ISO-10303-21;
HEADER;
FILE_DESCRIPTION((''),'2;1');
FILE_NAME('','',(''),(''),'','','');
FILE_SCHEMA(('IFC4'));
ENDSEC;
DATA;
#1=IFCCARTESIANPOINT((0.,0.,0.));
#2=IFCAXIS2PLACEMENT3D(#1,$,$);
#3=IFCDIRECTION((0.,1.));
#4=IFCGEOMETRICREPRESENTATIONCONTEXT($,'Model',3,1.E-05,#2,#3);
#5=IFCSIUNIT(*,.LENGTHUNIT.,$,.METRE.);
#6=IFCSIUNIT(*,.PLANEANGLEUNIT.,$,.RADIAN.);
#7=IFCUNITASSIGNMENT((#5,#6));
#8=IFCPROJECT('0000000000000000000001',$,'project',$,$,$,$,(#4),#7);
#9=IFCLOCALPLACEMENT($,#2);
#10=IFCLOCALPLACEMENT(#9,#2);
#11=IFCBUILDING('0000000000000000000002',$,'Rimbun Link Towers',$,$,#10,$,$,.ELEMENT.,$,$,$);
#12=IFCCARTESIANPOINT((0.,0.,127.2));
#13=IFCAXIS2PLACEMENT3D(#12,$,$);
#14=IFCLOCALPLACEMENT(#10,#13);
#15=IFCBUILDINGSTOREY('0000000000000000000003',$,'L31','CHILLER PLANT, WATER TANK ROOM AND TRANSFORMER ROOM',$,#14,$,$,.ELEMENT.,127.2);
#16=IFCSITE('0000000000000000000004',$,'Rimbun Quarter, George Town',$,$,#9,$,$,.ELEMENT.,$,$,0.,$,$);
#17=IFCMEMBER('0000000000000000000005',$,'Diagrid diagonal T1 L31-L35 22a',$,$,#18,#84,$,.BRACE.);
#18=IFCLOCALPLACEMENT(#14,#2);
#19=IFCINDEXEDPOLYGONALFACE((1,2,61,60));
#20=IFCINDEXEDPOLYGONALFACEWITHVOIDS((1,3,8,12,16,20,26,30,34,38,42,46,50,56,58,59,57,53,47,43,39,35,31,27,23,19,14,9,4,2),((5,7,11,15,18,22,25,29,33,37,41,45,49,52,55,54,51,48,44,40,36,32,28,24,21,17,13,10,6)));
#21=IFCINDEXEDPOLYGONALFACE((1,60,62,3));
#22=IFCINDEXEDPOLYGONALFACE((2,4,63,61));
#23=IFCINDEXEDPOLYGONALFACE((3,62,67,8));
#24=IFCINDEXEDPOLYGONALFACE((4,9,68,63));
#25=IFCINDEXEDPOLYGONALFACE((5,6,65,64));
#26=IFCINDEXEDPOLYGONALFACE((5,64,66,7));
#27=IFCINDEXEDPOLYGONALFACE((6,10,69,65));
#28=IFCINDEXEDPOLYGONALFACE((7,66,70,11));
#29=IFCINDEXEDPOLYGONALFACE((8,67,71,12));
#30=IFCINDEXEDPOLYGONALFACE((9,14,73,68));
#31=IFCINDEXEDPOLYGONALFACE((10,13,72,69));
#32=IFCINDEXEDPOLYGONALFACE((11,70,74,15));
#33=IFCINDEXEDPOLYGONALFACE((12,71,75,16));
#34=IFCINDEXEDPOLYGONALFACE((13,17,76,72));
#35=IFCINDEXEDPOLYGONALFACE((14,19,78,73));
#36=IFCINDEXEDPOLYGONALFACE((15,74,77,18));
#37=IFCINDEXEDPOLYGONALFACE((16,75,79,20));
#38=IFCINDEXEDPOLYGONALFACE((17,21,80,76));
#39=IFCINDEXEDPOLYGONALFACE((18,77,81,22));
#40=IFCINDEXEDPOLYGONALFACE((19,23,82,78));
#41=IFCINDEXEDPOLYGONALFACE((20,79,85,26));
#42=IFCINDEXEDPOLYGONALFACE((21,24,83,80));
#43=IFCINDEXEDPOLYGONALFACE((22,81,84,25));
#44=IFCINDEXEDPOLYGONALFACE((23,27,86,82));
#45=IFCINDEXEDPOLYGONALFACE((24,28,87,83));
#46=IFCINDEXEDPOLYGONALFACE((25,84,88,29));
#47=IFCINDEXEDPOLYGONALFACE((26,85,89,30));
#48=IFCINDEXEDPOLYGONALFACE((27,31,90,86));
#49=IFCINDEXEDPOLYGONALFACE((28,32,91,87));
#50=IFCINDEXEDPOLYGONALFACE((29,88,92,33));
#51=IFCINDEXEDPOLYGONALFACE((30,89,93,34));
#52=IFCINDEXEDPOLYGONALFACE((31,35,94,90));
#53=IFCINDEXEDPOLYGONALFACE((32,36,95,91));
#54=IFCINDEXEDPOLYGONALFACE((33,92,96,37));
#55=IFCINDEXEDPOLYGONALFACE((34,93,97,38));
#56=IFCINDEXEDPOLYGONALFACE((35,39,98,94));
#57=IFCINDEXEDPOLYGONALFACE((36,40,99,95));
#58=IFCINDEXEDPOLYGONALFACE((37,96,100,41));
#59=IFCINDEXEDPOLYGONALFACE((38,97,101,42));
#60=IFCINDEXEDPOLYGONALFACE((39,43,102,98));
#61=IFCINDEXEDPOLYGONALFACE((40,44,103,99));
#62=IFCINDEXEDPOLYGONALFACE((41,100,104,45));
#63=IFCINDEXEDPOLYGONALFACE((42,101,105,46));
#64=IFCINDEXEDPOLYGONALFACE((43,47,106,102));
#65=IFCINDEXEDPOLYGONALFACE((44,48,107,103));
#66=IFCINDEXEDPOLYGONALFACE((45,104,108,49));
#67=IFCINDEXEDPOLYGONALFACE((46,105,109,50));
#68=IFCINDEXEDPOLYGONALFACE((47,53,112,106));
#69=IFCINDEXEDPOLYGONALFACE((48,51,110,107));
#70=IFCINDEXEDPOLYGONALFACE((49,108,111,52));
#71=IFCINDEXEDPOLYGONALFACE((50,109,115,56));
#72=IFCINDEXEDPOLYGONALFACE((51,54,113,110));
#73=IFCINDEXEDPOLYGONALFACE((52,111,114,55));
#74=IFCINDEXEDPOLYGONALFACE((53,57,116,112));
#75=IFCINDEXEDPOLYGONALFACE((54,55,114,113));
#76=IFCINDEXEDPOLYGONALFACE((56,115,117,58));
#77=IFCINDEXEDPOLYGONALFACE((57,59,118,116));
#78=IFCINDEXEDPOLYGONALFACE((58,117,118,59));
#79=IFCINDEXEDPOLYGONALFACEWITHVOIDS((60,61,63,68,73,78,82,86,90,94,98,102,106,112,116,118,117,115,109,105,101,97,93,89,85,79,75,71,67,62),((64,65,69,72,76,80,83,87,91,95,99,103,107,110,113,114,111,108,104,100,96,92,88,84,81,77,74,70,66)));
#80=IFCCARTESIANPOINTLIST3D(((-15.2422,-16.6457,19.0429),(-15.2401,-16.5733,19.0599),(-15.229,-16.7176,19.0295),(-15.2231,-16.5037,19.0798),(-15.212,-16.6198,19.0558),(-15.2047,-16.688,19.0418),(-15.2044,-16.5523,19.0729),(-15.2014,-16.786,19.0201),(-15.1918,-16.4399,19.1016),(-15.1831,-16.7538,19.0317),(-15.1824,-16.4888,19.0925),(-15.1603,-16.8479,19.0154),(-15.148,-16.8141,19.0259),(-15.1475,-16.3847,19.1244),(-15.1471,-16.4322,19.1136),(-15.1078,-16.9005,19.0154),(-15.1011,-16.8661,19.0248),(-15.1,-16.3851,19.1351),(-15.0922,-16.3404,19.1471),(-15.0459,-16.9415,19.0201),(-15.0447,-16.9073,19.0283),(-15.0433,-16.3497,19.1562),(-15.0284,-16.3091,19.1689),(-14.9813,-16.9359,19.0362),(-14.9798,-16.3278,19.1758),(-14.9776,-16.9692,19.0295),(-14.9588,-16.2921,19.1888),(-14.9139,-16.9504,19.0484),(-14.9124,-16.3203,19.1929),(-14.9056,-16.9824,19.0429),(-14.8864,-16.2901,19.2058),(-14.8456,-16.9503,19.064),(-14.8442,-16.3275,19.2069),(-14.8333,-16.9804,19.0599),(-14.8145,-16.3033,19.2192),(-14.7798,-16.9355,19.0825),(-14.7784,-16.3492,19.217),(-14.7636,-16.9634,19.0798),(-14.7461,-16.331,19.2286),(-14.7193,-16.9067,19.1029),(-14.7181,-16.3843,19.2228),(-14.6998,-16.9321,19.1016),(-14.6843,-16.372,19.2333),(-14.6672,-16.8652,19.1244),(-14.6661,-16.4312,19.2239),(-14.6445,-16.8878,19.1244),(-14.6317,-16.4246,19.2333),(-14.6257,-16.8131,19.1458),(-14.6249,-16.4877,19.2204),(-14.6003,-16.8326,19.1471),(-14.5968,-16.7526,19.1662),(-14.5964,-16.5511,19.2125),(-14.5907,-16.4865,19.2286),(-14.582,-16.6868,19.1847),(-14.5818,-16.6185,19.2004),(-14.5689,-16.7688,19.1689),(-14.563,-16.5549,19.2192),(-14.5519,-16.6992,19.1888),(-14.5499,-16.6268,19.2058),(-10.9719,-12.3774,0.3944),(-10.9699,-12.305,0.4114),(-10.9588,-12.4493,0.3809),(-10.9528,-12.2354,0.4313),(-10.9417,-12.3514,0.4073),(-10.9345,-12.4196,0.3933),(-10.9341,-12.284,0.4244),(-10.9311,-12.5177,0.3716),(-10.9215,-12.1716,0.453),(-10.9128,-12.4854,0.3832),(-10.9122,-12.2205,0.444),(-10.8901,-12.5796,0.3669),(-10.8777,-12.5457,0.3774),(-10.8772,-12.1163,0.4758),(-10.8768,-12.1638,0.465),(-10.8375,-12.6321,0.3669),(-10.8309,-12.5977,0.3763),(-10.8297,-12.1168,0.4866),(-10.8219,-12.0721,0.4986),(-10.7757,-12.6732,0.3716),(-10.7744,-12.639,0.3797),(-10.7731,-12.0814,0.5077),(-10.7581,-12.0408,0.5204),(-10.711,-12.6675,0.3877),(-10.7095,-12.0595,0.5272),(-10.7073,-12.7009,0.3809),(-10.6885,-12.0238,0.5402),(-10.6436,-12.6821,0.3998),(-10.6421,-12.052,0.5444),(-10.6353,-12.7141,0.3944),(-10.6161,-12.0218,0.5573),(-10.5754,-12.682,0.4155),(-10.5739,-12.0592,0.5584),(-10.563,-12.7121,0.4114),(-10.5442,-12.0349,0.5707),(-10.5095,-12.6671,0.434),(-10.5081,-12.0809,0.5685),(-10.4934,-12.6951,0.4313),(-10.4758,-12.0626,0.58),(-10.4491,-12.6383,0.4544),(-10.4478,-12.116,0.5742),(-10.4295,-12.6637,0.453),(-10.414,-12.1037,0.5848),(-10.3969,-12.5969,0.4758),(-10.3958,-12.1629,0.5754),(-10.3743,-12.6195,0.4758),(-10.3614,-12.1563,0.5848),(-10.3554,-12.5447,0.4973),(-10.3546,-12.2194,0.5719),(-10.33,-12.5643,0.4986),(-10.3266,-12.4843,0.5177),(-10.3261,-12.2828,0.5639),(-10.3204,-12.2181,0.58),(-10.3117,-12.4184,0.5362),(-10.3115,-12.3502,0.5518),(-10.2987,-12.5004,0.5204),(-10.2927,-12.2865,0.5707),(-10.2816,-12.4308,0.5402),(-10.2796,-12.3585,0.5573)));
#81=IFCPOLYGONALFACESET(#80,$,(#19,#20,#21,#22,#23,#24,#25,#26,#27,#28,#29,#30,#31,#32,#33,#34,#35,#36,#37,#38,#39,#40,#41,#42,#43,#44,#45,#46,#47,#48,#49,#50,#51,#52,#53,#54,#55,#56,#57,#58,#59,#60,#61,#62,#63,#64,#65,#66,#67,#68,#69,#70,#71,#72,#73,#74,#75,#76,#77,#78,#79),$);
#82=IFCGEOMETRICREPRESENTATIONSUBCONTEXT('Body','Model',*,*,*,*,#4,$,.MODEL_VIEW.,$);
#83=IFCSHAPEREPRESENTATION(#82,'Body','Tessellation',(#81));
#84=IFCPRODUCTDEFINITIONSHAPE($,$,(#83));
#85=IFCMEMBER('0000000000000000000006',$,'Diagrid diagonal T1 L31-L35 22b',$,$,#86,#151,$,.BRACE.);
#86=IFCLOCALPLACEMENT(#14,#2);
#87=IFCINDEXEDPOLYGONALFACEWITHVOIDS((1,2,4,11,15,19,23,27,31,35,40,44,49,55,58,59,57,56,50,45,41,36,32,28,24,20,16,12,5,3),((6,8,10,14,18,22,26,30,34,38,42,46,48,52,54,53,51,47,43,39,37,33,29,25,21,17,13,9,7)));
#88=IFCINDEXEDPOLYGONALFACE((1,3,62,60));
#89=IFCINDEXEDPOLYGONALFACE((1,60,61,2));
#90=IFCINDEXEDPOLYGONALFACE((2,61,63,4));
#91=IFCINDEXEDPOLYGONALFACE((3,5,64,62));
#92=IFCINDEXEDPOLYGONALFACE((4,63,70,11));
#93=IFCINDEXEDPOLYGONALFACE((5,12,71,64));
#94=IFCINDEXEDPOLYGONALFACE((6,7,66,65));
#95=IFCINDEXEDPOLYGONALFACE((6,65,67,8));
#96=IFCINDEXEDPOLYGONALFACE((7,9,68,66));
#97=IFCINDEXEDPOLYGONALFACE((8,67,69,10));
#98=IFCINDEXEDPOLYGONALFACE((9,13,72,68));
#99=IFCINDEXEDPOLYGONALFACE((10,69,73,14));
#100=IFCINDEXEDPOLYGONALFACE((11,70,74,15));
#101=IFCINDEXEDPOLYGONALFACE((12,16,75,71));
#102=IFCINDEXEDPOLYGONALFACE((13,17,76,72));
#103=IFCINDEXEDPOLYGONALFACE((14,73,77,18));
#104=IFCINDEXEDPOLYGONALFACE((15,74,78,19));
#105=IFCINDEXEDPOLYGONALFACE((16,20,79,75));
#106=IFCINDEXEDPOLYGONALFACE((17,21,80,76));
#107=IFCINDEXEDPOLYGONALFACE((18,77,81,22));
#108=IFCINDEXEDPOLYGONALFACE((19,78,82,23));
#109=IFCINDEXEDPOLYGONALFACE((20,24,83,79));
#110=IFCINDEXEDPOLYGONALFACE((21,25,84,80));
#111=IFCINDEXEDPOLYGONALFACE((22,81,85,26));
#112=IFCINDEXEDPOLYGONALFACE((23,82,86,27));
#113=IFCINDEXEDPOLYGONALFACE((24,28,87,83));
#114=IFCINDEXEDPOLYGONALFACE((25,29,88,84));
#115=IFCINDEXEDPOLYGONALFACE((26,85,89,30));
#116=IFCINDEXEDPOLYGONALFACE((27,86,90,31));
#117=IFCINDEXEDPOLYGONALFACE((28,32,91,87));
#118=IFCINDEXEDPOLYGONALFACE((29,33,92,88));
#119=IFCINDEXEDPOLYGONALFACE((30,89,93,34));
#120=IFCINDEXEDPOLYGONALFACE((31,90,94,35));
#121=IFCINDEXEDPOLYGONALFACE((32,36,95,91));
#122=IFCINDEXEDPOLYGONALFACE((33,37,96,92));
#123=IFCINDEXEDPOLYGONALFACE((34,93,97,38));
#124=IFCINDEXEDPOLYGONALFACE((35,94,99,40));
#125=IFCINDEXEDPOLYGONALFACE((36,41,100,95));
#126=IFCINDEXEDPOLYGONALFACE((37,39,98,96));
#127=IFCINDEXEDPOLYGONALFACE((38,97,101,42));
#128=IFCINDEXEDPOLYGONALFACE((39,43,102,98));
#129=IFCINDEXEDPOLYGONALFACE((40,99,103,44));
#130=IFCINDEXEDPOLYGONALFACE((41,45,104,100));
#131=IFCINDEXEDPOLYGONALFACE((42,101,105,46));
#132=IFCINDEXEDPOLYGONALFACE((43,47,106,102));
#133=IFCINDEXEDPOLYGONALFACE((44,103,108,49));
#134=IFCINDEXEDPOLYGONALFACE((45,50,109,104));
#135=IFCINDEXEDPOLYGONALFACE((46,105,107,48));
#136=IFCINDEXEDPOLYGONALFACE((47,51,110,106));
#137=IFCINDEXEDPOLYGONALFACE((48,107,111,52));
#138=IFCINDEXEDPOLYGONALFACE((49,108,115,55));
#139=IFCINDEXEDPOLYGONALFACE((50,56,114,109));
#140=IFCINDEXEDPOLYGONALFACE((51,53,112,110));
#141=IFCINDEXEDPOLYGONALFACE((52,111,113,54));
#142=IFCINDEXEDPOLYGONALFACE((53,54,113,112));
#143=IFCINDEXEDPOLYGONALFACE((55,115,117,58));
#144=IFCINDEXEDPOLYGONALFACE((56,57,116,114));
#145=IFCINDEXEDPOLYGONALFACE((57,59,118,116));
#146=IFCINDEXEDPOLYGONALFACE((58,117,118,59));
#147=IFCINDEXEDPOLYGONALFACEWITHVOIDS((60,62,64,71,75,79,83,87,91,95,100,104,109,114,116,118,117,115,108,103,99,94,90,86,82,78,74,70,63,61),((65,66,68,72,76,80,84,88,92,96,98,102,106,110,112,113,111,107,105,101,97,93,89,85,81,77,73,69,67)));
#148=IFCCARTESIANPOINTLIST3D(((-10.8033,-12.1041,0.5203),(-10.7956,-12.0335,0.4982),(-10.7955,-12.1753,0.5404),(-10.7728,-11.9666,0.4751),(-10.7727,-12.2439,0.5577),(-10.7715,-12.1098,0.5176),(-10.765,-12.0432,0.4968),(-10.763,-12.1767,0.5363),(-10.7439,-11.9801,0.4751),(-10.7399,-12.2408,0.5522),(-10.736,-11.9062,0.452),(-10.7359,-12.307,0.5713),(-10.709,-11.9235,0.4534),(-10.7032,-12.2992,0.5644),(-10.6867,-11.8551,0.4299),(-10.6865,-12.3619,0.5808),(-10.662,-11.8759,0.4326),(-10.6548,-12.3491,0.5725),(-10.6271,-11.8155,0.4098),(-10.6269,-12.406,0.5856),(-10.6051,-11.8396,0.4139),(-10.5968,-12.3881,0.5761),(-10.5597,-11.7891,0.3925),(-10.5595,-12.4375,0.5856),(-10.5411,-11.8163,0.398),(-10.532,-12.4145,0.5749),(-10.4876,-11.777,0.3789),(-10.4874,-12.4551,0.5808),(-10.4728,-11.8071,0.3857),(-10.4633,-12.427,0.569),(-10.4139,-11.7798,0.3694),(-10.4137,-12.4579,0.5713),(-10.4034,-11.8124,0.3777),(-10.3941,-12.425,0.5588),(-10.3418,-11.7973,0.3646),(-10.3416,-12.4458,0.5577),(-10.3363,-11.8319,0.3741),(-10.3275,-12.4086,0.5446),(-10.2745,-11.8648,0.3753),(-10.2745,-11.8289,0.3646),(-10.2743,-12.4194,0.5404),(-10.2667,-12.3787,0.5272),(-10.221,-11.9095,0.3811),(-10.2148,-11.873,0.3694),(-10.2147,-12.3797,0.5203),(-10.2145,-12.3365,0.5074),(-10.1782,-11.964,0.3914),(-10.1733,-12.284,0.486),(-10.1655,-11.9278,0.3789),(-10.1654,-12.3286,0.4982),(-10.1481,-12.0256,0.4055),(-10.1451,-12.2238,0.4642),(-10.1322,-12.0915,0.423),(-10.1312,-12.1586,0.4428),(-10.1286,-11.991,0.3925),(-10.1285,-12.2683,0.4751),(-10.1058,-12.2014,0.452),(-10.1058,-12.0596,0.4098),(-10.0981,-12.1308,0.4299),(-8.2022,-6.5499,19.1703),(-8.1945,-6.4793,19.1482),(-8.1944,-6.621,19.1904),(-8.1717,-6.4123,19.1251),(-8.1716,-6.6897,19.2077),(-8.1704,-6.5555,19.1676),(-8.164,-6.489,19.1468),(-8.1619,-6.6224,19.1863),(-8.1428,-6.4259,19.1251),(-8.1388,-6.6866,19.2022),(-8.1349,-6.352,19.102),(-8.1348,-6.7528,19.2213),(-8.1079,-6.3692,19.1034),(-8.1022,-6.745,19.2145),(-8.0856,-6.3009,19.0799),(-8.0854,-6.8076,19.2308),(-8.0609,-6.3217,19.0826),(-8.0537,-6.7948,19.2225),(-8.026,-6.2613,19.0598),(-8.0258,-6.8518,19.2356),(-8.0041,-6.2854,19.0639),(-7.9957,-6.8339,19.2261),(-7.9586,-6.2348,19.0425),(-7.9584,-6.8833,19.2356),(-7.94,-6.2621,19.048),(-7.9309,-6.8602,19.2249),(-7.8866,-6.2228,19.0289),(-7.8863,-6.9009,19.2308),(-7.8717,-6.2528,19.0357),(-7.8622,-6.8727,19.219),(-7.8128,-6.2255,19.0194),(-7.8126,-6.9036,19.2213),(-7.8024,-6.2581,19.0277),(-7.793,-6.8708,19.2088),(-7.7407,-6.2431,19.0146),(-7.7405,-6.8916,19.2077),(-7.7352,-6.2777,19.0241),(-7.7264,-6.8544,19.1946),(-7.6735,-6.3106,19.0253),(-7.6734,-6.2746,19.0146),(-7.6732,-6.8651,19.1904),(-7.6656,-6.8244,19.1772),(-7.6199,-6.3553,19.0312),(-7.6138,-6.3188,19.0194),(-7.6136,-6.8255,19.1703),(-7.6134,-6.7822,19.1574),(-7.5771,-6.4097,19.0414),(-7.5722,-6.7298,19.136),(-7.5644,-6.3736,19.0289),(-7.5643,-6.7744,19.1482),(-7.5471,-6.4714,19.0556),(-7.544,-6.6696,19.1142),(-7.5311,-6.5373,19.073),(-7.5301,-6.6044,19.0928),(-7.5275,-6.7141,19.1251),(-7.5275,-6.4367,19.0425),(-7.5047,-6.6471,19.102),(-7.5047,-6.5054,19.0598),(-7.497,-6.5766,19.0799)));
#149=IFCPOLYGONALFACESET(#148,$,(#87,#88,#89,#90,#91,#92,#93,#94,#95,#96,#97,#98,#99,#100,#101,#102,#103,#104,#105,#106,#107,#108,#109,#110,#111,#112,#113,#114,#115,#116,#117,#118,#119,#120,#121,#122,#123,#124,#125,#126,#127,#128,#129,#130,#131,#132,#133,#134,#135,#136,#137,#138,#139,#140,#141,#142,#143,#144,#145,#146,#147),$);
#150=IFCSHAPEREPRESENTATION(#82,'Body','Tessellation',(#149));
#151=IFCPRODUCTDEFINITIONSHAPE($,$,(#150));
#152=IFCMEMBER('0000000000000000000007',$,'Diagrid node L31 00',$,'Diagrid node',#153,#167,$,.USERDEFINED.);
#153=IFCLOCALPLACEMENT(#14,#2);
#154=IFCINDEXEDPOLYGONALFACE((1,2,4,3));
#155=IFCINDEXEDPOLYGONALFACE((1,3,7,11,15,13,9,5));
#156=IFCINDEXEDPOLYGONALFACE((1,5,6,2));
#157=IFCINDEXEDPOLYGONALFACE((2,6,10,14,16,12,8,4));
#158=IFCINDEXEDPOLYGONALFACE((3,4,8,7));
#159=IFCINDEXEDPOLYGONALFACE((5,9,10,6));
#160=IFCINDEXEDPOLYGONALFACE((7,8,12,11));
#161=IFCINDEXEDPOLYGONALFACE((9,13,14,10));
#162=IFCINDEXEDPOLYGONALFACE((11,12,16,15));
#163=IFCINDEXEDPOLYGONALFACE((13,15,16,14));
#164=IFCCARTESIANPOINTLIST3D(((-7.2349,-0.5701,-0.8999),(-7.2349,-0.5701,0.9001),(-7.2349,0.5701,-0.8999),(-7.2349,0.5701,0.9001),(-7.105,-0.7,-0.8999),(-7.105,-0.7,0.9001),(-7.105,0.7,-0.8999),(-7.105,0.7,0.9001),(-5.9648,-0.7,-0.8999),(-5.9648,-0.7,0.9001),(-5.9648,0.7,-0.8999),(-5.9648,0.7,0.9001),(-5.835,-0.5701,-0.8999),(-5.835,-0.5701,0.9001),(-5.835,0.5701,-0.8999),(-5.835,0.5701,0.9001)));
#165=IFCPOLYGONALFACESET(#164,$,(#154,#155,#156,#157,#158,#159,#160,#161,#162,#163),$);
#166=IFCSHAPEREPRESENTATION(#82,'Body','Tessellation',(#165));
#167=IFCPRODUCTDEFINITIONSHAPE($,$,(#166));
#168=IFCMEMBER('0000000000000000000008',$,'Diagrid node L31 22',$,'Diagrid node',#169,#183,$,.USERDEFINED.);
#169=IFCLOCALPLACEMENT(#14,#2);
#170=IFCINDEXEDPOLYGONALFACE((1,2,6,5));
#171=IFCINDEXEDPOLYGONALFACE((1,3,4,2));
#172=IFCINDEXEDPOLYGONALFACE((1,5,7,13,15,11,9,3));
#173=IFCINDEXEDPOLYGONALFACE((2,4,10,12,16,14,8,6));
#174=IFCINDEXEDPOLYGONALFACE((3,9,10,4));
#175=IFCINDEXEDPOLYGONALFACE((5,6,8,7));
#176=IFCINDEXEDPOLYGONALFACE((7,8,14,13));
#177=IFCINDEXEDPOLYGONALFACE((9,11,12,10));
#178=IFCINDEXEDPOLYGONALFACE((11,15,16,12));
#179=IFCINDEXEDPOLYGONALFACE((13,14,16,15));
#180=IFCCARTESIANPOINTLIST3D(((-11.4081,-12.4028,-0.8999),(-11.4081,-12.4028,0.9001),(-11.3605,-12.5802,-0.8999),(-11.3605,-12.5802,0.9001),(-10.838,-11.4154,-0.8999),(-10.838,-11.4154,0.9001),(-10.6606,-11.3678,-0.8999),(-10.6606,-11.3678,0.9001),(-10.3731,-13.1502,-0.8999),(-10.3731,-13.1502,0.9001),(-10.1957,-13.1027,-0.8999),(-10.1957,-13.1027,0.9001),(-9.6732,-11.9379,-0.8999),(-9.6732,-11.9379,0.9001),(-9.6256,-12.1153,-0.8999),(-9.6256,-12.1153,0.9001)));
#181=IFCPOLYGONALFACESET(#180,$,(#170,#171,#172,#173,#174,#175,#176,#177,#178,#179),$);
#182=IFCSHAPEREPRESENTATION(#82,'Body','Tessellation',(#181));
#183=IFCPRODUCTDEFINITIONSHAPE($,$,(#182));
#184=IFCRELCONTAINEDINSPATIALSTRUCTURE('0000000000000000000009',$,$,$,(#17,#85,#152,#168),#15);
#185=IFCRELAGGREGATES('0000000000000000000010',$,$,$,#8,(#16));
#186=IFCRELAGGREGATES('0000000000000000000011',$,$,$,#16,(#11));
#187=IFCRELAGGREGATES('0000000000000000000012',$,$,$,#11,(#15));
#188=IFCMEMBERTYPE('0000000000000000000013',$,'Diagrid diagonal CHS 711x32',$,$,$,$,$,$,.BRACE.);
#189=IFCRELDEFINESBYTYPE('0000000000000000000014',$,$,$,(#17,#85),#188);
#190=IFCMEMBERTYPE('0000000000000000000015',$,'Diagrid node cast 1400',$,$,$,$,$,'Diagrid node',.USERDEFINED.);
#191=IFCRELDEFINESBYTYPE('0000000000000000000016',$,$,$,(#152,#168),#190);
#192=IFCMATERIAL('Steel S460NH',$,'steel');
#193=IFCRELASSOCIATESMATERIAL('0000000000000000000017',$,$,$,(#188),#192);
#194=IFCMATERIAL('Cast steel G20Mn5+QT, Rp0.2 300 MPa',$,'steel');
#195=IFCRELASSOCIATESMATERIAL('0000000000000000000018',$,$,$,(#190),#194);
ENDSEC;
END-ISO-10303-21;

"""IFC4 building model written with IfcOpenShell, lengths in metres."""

from ifc_helpers import new_model, si_unit, direction, frame, origin, origin_2d, place, context, subcontext, project, spatial, polyline, hollow_circle, outline, extrude, material, material_profile, profile_set, type_object, element, save


model = new_model("IFC4")

# Units and contexts
model_context = context("Model", 3, precision=1e-05, world=origin(), true_north=direction((0.0, 1.0)))
body_context = subcontext(model_context, "Body", "Model", "MODEL_VIEW")
ifc_project = project(units=[si_unit("LENGTHUNIT", "METRE"), si_unit("PLANEANGLEUNIT", "RADIAN")], contexts=[model_context])

# Site, building, storey
site_placement = place(None, origin())
site = spatial("IfcSite", under=ifc_project, at=site_placement, Name="Rimbun Quarter, George Town", CompositionType="ELEMENT", RefElevation=0.0)
building_placement = place(site_placement, origin())
building = spatial("IfcBuilding", under=site, at=building_placement, Name="Rimbun Link Towers", CompositionType="ELEMENT")
storey_placement = place(building_placement, frame((0.0, 0.0, 127.2)))
storey = spatial("IfcBuildingStorey", under=building, at=storey_placement, Name="L31", Description="CHILLER PLANT, WATER TANK ROOM AND TRANSFORMER ROOM", CompositionType="ELEMENT", Elevation=127.2)

# Members
ifc_material_1 = material(Name="Steel S460NH", Category="steel")
ifc_material_profile_1 = material_profile(ifc_material_1, hollow_circle(Radius=0.3557, WallThickness=0.032, at=origin_2d()), Name="Diagrid diagonal CHS 711x32")
ifc_profile_set_1 = profile_set([ifc_material_profile_1], Name="Steel S460NH")
member_type_1 = type_object("IfcMemberType", Name="Diagrid diagonal CHS 711x32", PredefinedType="BRACE", material=ifc_profile_set_1)
member_1_placement = place(storey_placement, frame((-10.6257, -12.3679, 0.4758), z_axis=(-0.217854, -0.217755, 0.951379), x_axis=(0.706945, -0.707269, 0.0)))
element("IfcMember", 1, at=member_1_placement, inside=storey, type_object=member_type_1, Name="Diagrid diagonal T1 L31-L35 22a", PredefinedType="BRACE", context=body_context, shape_type="SweptSolid", body=[
    extrude(hollow_circle(Radius=0.3557, WallThickness=0.032, at=origin_2d()), origin(), (0.0, 0.0, 1.0), 19.6016),
])
member_2_placement = place(storey_placement, frame((-10.4507, -12.1174, 0.4751), z_axis=(0.132488, 0.282909, 0.949952), x_axis=(-0.905613, 0.424105, 0.0)))
element("IfcMember", 2, at=member_2_placement, inside=storey, type_object=member_type_1, Name="Diagrid diagonal T1 L31-L35 22b", PredefinedType="BRACE", context=body_context, shape_type="SweptSolid", body=[
    extrude(hollow_circle(Radius=0.3557, WallThickness=0.032, at=origin_2d()), origin(), (0.0, 0.0, 1.0), 19.6326),
])
ifc_material_2 = material(Name="Cast steel G20Mn5+QT, Rp0.2 300 MPa", Category="steel")
ifc_material_profile_2 = material_profile(ifc_material_2, outline(polyline([(0.7, -0.5701), (0.7, 0.5701), (0.5701, 0.7), (-0.5701, 0.7), (-0.7, 0.5701), (-0.7, -0.5701), (-0.5701, -0.7), (0.5701, -0.7), (0.7, -0.5701)])), Name="NODE 1400x1400")
ifc_profile_set_2 = profile_set([ifc_material_profile_2], Name="Cast steel G20Mn5+QT, Rp0.2 300 MPa")
member_type_2 = type_object("IfcMemberType", Name="Diagrid node cast 1400", ElementType="Diagrid node", PredefinedType="USERDEFINED", material=ifc_profile_set_2)
for number, where, z_axis, x_axis, name in (
    (3, (-6.5349, 0.0, -0.8999), (0.0, 0.0, 1.0), (1.0, 0.0, 0.0), "Diagrid node L31 00"),
    (4, (-10.5168, -12.259, -0.8999), (0.0, 0.0, 1.0), (0.866025, -0.5, 0.0), "Diagrid node L31 22"),
):
    element("IfcMember", number, at=place(storey_placement, frame(where, z_axis=z_axis, x_axis=x_axis)), inside=storey, type_object=member_type_2, Name=name, ObjectType="Diagrid node", PredefinedType="USERDEFINED", context=body_context, shape_type="SweptSolid", body=[
        extrude(outline(polyline([(0.7, -0.5701), (0.7, 0.5701), (0.5701, 0.7), (-0.5701, 0.7), (-0.7, 0.5701), (-0.7, -0.5701), (-0.5701, -0.7), (0.5701, -0.7), (0.7, -0.5701)])), origin(), (0.0, 0.0, 1.0), 1.8),
    ])

save(model, "model.ifc")
